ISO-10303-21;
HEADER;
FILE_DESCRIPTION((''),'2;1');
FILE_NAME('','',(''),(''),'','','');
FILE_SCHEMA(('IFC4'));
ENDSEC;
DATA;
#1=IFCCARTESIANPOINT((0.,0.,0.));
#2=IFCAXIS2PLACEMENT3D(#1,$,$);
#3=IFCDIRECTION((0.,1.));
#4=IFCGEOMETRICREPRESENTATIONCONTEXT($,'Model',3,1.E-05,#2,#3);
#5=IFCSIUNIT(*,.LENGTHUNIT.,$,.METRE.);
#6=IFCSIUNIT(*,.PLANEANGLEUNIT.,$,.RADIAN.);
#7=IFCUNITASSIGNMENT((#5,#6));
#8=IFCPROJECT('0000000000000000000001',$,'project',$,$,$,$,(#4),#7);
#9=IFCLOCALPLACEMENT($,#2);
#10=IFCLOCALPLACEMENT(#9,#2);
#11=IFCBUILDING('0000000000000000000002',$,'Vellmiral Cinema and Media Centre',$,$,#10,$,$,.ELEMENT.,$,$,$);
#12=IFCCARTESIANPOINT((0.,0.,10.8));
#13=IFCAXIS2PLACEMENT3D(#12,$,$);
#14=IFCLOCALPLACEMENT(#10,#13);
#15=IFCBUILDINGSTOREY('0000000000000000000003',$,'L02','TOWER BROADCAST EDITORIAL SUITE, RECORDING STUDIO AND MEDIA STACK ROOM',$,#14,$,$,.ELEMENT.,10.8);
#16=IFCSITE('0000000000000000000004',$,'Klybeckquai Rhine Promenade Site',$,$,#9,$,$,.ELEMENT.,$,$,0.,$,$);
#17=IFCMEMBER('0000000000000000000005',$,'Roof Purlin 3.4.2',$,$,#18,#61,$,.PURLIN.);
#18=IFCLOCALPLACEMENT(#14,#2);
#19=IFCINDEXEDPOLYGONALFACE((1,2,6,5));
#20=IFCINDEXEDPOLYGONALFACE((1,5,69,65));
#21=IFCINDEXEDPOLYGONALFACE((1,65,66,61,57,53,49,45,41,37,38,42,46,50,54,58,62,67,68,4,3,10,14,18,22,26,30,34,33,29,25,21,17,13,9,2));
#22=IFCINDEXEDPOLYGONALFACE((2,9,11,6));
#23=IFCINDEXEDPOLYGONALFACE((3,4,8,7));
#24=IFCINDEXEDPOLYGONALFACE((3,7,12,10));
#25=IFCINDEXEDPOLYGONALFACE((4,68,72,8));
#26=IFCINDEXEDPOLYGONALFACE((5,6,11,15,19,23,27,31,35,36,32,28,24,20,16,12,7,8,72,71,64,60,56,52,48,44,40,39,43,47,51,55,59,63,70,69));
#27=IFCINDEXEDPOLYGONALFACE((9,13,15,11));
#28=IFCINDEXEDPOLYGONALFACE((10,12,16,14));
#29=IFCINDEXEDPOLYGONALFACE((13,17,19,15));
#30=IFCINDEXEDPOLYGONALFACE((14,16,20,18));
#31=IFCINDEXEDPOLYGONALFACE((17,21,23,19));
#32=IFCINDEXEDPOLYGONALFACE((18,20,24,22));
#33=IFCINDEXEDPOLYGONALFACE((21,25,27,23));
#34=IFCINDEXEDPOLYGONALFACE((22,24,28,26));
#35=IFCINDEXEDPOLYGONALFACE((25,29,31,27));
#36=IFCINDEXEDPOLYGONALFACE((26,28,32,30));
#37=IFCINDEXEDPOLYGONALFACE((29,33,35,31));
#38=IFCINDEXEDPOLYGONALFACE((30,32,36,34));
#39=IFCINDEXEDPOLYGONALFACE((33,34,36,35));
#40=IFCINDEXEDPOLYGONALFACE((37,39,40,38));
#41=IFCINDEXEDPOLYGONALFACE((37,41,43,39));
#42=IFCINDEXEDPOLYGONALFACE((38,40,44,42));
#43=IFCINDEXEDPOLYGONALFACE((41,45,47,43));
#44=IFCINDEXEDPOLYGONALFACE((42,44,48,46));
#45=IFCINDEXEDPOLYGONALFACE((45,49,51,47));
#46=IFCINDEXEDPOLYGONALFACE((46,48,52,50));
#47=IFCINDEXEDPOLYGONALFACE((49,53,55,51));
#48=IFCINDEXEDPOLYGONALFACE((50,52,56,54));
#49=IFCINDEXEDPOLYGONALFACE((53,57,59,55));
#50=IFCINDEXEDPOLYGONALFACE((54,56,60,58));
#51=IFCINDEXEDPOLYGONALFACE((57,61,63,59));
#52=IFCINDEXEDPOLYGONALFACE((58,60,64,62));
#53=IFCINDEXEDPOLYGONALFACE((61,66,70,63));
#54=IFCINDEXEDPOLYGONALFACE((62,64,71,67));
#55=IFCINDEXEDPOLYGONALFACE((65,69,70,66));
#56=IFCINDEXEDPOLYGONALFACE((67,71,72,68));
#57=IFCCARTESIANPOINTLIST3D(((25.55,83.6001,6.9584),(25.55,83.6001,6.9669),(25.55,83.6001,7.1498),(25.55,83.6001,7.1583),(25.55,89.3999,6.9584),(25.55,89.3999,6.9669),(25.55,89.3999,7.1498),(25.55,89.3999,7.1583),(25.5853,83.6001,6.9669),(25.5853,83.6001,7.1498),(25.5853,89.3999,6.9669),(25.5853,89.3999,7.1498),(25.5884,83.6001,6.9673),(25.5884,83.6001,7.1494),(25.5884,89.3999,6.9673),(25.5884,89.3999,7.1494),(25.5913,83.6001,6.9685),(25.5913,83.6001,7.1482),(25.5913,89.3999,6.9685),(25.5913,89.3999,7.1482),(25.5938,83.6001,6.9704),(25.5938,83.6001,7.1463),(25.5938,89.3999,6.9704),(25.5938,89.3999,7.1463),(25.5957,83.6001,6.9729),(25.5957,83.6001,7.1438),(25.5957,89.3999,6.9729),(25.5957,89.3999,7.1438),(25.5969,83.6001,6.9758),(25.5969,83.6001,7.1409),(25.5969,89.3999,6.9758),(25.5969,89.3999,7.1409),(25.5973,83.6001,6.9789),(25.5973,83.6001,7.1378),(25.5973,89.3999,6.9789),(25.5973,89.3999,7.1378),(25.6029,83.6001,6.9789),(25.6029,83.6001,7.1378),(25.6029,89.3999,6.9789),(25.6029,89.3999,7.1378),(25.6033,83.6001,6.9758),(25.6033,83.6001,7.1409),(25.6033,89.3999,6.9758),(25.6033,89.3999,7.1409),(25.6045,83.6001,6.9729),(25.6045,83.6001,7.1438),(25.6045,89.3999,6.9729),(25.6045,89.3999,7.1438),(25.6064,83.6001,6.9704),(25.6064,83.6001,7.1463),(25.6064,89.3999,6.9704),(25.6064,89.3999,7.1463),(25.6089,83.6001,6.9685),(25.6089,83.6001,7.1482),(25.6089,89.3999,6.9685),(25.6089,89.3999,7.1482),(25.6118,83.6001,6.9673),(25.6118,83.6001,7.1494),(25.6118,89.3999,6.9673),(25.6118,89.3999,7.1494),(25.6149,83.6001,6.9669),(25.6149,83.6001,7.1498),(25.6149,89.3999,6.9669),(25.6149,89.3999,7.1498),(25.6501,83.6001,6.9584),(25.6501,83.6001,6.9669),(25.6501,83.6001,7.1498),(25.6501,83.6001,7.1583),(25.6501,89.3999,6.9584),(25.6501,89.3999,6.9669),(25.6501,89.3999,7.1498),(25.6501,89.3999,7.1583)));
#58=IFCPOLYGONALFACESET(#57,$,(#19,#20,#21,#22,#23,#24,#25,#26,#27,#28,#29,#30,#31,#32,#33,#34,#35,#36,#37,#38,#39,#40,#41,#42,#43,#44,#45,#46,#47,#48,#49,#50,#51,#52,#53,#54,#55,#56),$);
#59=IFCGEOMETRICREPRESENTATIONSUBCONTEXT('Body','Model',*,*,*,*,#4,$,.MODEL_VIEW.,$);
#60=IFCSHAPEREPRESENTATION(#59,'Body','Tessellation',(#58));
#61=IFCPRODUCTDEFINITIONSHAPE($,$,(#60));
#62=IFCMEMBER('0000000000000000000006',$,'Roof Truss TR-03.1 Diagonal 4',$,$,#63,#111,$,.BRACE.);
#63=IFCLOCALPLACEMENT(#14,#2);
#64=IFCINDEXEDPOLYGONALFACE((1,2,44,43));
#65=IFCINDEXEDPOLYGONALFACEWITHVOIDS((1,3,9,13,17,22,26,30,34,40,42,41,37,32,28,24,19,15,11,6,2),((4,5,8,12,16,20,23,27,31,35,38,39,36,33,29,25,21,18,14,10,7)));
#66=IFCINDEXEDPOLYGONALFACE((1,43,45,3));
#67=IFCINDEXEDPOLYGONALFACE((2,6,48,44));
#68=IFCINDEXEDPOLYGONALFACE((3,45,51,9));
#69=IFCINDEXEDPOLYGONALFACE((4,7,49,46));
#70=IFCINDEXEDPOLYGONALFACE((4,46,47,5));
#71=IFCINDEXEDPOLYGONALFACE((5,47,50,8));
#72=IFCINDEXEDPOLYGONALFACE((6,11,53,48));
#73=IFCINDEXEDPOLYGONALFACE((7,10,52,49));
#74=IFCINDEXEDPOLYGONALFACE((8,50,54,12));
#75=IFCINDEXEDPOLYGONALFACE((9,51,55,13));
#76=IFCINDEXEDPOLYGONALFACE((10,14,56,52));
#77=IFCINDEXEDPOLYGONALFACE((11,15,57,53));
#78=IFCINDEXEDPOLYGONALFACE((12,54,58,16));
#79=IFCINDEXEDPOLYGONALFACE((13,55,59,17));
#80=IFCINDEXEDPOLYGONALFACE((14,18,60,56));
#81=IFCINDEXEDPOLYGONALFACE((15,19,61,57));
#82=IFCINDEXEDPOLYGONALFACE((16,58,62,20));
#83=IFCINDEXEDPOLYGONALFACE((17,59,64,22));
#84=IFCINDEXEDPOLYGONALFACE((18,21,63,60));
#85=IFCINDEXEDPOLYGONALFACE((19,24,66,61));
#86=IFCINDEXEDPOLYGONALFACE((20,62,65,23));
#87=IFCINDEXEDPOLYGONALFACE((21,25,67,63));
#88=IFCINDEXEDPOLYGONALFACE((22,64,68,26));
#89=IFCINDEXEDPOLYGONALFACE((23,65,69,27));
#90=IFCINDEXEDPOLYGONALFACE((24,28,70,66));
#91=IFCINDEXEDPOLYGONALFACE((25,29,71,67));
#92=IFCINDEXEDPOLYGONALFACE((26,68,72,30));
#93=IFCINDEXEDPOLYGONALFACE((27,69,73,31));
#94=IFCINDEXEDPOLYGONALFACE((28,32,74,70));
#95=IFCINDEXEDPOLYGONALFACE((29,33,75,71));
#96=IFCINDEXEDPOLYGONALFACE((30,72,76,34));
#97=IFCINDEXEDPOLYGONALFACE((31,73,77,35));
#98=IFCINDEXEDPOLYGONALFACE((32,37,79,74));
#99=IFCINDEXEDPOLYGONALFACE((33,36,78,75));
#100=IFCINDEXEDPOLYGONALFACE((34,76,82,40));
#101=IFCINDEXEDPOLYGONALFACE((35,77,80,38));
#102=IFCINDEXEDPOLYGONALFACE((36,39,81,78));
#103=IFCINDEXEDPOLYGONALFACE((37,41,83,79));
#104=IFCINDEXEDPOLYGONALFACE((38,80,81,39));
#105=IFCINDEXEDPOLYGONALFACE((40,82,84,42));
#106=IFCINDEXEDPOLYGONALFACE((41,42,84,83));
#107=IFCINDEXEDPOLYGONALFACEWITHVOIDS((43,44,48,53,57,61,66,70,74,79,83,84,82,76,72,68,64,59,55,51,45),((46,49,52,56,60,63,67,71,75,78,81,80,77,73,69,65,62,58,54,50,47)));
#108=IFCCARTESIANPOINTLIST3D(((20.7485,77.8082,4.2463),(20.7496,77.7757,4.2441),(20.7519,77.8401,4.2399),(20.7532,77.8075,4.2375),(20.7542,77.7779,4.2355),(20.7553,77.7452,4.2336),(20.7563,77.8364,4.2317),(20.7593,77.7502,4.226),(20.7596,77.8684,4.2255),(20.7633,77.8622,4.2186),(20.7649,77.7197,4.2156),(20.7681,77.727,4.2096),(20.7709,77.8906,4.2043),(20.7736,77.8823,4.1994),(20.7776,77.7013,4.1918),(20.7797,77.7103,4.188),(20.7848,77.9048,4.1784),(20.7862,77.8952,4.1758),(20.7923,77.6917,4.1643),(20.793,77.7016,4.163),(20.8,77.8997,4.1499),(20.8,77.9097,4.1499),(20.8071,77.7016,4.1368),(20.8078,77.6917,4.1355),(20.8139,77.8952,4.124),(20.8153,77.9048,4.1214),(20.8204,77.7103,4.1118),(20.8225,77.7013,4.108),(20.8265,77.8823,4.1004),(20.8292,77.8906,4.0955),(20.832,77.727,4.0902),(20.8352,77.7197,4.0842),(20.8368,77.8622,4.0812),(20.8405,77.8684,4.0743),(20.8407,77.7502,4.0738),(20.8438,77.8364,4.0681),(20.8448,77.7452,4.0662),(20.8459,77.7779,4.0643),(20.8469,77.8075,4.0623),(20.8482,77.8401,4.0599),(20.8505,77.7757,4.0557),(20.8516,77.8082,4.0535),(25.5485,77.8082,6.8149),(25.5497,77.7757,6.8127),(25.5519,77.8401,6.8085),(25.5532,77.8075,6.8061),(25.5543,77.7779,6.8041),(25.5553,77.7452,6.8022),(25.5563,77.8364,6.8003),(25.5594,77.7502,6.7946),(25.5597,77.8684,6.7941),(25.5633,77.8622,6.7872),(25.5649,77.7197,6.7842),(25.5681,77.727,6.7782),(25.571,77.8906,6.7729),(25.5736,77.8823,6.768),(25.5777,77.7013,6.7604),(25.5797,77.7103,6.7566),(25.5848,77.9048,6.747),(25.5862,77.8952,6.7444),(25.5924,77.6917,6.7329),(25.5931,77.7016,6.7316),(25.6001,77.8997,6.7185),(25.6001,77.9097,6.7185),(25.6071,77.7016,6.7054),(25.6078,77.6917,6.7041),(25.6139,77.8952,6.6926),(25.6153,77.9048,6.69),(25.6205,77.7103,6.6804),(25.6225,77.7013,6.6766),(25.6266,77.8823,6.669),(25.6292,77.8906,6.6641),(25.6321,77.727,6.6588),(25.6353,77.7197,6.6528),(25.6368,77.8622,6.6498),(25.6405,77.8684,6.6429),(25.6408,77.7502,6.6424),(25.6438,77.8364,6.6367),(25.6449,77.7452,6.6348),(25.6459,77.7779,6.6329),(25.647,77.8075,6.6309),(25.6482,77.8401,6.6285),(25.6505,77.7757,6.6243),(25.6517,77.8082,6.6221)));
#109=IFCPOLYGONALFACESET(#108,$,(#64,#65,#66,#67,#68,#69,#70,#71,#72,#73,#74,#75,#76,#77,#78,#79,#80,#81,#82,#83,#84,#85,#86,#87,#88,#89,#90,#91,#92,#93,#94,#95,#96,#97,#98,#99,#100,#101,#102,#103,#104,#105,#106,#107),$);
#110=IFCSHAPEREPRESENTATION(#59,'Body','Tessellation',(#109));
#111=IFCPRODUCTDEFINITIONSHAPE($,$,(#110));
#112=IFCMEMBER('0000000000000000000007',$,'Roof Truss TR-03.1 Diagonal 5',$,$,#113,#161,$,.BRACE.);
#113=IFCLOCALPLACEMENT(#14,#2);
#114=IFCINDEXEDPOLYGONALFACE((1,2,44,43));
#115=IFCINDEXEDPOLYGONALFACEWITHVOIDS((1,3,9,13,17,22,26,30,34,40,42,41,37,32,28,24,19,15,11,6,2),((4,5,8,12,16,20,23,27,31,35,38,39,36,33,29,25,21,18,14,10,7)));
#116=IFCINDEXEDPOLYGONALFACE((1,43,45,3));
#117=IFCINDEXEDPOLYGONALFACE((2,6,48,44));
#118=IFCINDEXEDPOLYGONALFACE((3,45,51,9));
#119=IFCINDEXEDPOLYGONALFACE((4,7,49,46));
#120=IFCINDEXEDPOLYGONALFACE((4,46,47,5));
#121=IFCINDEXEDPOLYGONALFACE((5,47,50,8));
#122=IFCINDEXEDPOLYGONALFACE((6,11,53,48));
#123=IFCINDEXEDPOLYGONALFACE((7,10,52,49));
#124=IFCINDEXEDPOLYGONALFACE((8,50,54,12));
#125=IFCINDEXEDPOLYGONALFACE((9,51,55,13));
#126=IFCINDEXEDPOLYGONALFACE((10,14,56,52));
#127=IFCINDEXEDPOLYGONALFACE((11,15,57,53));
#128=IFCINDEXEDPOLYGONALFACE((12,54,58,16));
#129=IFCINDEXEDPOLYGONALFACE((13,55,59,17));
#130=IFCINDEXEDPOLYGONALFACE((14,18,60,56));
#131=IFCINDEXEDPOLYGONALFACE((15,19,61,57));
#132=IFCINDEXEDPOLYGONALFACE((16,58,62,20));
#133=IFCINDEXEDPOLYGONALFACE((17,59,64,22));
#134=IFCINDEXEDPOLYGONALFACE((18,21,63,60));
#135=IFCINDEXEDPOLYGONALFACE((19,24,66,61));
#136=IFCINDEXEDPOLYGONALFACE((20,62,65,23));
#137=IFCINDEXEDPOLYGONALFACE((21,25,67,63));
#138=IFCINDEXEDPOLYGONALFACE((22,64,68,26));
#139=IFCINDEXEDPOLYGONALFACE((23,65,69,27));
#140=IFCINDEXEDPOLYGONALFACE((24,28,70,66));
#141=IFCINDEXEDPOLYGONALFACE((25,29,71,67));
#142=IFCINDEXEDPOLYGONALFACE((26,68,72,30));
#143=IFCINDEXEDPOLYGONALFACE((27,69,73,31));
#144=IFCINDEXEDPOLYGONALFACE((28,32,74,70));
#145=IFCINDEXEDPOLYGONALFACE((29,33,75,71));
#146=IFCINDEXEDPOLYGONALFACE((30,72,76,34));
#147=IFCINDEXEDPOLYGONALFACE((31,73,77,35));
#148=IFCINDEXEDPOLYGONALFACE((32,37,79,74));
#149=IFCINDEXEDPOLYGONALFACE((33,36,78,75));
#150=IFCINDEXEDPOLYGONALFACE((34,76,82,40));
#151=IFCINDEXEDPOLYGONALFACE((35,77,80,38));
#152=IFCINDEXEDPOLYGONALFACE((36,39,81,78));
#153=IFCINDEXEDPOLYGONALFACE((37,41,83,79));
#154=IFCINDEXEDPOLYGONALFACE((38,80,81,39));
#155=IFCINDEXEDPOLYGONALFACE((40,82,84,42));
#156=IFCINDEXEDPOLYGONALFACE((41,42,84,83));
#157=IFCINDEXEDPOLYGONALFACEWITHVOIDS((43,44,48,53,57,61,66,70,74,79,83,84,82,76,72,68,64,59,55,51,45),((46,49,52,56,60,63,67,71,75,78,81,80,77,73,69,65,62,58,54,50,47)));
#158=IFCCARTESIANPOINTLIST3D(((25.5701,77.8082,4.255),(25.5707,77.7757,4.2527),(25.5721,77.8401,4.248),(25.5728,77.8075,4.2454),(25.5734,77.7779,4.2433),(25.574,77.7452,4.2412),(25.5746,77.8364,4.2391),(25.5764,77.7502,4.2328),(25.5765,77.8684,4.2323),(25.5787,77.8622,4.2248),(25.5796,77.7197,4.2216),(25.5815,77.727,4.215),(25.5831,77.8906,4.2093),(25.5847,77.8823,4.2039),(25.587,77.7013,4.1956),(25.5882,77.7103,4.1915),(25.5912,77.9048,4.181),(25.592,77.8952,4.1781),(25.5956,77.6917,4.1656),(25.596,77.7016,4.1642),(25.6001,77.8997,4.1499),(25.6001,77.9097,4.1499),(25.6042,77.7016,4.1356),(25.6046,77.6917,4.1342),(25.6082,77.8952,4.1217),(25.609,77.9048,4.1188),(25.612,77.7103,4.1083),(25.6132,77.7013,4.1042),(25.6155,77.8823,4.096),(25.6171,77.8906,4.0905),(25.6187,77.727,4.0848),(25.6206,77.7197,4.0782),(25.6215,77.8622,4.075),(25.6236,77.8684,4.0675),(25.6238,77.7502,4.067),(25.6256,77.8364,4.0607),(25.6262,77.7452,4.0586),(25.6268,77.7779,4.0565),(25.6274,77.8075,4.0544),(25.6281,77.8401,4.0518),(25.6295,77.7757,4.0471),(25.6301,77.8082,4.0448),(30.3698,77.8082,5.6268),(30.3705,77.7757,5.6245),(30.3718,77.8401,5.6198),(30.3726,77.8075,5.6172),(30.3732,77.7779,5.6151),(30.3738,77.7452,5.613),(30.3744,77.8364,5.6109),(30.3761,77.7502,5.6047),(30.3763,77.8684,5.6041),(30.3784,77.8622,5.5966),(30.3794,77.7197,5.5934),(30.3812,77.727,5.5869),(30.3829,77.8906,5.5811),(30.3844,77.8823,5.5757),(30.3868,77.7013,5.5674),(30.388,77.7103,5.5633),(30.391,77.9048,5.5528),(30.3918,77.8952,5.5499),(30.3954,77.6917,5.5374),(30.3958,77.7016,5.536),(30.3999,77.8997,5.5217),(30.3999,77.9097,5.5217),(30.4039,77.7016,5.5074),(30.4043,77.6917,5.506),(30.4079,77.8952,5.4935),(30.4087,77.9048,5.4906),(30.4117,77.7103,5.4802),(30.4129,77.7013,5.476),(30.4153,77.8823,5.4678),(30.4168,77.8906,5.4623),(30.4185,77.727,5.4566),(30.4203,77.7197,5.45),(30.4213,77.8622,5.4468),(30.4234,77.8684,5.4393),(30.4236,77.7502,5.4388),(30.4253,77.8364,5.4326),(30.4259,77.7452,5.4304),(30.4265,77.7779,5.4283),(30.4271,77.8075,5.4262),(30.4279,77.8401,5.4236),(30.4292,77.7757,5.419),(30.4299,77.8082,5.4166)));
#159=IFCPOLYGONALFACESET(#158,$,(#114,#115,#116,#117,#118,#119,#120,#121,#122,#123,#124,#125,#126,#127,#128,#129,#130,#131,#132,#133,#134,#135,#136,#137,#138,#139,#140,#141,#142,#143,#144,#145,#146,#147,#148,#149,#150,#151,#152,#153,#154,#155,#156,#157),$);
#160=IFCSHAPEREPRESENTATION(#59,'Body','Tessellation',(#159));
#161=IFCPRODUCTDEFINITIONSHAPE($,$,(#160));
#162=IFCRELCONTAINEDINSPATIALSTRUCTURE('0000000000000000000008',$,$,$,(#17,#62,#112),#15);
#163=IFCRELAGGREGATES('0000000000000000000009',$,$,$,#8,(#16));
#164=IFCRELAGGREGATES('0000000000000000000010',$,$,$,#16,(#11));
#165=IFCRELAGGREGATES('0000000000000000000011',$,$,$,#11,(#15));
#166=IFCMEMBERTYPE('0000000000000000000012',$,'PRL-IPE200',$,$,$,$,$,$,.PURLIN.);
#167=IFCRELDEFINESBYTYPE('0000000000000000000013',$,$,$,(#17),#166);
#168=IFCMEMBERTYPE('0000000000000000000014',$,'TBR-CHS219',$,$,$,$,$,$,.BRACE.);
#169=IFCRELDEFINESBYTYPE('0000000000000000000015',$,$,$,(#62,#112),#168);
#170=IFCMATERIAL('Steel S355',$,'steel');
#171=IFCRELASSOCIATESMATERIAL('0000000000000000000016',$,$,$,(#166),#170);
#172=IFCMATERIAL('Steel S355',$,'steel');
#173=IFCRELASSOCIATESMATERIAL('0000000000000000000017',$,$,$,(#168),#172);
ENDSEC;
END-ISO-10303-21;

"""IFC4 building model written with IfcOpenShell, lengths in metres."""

from ifc_helpers import new_model, si_unit, direction, frame, origin, origin_2d, place, context, subcontext, project, spatial, hollow_circle, i_section, extrude, material, material_profile, profile_set, type_object, element, save


model = new_model("IFC4")

# Units and contexts
model_context = context("Model", 3, precision=1e-05, world=origin(), true_north=direction((0.0, 1.0)))
body_context = subcontext(model_context, "Body", "Model", "MODEL_VIEW")
ifc_project = project(units=[si_unit("LENGTHUNIT", "METRE"), si_unit("PLANEANGLEUNIT", "RADIAN")], contexts=[model_context])

# Site, building, storey
site_placement = place(None, origin())
site = spatial("IfcSite", under=ifc_project, at=site_placement, Name="Klybeckquai Rhine Promenade Site", CompositionType="ELEMENT", RefElevation=0.0)
building_placement = place(site_placement, origin())
building = spatial("IfcBuilding", under=site, at=building_placement, Name="Vellmiral Cinema and Media Centre", CompositionType="ELEMENT")
storey_placement = place(building_placement, frame((0.0, 0.0, 10.8)))
storey = spatial("IfcBuildingStorey", under=building, at=storey_placement, Name="L02", Description="TOWER BROADCAST EDITORIAL SUITE, RECORDING STUDIO AND MEDIA STACK ROOM", CompositionType="ELEMENT", Elevation=10.8)

# Members
ifc_material_1 = material(Name="Steel S355", Category="steel")
ifc_material_profile_1 = material_profile(ifc_material_1, i_section(OverallWidth=0.1001, OverallDepth=0.2, WebThickness=0.0056, FlangeThickness=0.0085, FilletRadius=0.012, at=origin_2d()), Name="IPE 200")
ifc_profile_set_1 = profile_set([ifc_material_profile_1], Name="Steel S355")
member_type_1 = type_object("IfcMemberType", Name="PRL-IPE200", PredefinedType="PURLIN", material=ifc_profile_set_1)
member_1_placement = place(storey_placement, frame((25.6001, 83.6001, 7.0583), z_axis=(0.0, 1.0, 0.0), x_axis=(-1.0, 0.0, 0.0)))
element("IfcMember", 1, at=member_1_placement, inside=storey, type_object=member_type_1, Name="Roof Purlin 3.4.2", PredefinedType="PURLIN", context=body_context, shape_type="SweptSolid", body=[
    extrude(i_section(OverallWidth=0.1001, OverallDepth=0.2, WebThickness=0.0056, FlangeThickness=0.0085, FilletRadius=0.012, at=origin_2d()), origin(), (0.0, 0.0, 1.0), 5.7998),
])
ifc_material_2 = material(Name="Steel S355", Category="steel")
ifc_material_profile_2 = material_profile(ifc_material_2, hollow_circle(Radius=0.1096, WallThickness=0.01, at=origin_2d()), Name="CHS 219.1x10.0")
ifc_profile_set_2 = profile_set([ifc_material_profile_2], Name="Steel S355")
member_type_2 = type_object("IfcMemberType", Name="TBR-CHS219", PredefinedType="BRACE", material=ifc_profile_set_2)
member_2_placement = place(storey_placement, frame((20.8, 77.8, 4.1499), z_axis=(0.881698, 0.0, 0.471814), x_axis=(0.0, 1.0, 0.0)))
element("IfcMember", 2, at=member_2_placement, inside=storey, type_object=member_type_2, Name="Roof Truss TR-03.1 Diagonal 4", PredefinedType="BRACE", context=body_context, shape_type="SweptSolid", body=[
    extrude(hollow_circle(Radius=0.1096, WallThickness=0.01, at=origin_2d()), origin(), (0.0, 0.0, 1.0), 5.4441),
])
member_3_placement = place(storey_placement, frame((25.6001, 77.8, 4.1499), z_axis=(0.9615, 0.0, 0.274805), x_axis=(0.0, 1.0, 0.0)))
element("IfcMember", 3, at=member_3_placement, inside=storey, type_object=member_type_2, Name="Roof Truss TR-03.1 Diagonal 5", PredefinedType="BRACE", context=body_context, shape_type="SweptSolid", body=[
    extrude(hollow_circle(Radius=0.1096, WallThickness=0.01, at=origin_2d()), origin(), (0.0, 0.0, 1.0), 4.9919),
])

save(model, "model.ifc")
